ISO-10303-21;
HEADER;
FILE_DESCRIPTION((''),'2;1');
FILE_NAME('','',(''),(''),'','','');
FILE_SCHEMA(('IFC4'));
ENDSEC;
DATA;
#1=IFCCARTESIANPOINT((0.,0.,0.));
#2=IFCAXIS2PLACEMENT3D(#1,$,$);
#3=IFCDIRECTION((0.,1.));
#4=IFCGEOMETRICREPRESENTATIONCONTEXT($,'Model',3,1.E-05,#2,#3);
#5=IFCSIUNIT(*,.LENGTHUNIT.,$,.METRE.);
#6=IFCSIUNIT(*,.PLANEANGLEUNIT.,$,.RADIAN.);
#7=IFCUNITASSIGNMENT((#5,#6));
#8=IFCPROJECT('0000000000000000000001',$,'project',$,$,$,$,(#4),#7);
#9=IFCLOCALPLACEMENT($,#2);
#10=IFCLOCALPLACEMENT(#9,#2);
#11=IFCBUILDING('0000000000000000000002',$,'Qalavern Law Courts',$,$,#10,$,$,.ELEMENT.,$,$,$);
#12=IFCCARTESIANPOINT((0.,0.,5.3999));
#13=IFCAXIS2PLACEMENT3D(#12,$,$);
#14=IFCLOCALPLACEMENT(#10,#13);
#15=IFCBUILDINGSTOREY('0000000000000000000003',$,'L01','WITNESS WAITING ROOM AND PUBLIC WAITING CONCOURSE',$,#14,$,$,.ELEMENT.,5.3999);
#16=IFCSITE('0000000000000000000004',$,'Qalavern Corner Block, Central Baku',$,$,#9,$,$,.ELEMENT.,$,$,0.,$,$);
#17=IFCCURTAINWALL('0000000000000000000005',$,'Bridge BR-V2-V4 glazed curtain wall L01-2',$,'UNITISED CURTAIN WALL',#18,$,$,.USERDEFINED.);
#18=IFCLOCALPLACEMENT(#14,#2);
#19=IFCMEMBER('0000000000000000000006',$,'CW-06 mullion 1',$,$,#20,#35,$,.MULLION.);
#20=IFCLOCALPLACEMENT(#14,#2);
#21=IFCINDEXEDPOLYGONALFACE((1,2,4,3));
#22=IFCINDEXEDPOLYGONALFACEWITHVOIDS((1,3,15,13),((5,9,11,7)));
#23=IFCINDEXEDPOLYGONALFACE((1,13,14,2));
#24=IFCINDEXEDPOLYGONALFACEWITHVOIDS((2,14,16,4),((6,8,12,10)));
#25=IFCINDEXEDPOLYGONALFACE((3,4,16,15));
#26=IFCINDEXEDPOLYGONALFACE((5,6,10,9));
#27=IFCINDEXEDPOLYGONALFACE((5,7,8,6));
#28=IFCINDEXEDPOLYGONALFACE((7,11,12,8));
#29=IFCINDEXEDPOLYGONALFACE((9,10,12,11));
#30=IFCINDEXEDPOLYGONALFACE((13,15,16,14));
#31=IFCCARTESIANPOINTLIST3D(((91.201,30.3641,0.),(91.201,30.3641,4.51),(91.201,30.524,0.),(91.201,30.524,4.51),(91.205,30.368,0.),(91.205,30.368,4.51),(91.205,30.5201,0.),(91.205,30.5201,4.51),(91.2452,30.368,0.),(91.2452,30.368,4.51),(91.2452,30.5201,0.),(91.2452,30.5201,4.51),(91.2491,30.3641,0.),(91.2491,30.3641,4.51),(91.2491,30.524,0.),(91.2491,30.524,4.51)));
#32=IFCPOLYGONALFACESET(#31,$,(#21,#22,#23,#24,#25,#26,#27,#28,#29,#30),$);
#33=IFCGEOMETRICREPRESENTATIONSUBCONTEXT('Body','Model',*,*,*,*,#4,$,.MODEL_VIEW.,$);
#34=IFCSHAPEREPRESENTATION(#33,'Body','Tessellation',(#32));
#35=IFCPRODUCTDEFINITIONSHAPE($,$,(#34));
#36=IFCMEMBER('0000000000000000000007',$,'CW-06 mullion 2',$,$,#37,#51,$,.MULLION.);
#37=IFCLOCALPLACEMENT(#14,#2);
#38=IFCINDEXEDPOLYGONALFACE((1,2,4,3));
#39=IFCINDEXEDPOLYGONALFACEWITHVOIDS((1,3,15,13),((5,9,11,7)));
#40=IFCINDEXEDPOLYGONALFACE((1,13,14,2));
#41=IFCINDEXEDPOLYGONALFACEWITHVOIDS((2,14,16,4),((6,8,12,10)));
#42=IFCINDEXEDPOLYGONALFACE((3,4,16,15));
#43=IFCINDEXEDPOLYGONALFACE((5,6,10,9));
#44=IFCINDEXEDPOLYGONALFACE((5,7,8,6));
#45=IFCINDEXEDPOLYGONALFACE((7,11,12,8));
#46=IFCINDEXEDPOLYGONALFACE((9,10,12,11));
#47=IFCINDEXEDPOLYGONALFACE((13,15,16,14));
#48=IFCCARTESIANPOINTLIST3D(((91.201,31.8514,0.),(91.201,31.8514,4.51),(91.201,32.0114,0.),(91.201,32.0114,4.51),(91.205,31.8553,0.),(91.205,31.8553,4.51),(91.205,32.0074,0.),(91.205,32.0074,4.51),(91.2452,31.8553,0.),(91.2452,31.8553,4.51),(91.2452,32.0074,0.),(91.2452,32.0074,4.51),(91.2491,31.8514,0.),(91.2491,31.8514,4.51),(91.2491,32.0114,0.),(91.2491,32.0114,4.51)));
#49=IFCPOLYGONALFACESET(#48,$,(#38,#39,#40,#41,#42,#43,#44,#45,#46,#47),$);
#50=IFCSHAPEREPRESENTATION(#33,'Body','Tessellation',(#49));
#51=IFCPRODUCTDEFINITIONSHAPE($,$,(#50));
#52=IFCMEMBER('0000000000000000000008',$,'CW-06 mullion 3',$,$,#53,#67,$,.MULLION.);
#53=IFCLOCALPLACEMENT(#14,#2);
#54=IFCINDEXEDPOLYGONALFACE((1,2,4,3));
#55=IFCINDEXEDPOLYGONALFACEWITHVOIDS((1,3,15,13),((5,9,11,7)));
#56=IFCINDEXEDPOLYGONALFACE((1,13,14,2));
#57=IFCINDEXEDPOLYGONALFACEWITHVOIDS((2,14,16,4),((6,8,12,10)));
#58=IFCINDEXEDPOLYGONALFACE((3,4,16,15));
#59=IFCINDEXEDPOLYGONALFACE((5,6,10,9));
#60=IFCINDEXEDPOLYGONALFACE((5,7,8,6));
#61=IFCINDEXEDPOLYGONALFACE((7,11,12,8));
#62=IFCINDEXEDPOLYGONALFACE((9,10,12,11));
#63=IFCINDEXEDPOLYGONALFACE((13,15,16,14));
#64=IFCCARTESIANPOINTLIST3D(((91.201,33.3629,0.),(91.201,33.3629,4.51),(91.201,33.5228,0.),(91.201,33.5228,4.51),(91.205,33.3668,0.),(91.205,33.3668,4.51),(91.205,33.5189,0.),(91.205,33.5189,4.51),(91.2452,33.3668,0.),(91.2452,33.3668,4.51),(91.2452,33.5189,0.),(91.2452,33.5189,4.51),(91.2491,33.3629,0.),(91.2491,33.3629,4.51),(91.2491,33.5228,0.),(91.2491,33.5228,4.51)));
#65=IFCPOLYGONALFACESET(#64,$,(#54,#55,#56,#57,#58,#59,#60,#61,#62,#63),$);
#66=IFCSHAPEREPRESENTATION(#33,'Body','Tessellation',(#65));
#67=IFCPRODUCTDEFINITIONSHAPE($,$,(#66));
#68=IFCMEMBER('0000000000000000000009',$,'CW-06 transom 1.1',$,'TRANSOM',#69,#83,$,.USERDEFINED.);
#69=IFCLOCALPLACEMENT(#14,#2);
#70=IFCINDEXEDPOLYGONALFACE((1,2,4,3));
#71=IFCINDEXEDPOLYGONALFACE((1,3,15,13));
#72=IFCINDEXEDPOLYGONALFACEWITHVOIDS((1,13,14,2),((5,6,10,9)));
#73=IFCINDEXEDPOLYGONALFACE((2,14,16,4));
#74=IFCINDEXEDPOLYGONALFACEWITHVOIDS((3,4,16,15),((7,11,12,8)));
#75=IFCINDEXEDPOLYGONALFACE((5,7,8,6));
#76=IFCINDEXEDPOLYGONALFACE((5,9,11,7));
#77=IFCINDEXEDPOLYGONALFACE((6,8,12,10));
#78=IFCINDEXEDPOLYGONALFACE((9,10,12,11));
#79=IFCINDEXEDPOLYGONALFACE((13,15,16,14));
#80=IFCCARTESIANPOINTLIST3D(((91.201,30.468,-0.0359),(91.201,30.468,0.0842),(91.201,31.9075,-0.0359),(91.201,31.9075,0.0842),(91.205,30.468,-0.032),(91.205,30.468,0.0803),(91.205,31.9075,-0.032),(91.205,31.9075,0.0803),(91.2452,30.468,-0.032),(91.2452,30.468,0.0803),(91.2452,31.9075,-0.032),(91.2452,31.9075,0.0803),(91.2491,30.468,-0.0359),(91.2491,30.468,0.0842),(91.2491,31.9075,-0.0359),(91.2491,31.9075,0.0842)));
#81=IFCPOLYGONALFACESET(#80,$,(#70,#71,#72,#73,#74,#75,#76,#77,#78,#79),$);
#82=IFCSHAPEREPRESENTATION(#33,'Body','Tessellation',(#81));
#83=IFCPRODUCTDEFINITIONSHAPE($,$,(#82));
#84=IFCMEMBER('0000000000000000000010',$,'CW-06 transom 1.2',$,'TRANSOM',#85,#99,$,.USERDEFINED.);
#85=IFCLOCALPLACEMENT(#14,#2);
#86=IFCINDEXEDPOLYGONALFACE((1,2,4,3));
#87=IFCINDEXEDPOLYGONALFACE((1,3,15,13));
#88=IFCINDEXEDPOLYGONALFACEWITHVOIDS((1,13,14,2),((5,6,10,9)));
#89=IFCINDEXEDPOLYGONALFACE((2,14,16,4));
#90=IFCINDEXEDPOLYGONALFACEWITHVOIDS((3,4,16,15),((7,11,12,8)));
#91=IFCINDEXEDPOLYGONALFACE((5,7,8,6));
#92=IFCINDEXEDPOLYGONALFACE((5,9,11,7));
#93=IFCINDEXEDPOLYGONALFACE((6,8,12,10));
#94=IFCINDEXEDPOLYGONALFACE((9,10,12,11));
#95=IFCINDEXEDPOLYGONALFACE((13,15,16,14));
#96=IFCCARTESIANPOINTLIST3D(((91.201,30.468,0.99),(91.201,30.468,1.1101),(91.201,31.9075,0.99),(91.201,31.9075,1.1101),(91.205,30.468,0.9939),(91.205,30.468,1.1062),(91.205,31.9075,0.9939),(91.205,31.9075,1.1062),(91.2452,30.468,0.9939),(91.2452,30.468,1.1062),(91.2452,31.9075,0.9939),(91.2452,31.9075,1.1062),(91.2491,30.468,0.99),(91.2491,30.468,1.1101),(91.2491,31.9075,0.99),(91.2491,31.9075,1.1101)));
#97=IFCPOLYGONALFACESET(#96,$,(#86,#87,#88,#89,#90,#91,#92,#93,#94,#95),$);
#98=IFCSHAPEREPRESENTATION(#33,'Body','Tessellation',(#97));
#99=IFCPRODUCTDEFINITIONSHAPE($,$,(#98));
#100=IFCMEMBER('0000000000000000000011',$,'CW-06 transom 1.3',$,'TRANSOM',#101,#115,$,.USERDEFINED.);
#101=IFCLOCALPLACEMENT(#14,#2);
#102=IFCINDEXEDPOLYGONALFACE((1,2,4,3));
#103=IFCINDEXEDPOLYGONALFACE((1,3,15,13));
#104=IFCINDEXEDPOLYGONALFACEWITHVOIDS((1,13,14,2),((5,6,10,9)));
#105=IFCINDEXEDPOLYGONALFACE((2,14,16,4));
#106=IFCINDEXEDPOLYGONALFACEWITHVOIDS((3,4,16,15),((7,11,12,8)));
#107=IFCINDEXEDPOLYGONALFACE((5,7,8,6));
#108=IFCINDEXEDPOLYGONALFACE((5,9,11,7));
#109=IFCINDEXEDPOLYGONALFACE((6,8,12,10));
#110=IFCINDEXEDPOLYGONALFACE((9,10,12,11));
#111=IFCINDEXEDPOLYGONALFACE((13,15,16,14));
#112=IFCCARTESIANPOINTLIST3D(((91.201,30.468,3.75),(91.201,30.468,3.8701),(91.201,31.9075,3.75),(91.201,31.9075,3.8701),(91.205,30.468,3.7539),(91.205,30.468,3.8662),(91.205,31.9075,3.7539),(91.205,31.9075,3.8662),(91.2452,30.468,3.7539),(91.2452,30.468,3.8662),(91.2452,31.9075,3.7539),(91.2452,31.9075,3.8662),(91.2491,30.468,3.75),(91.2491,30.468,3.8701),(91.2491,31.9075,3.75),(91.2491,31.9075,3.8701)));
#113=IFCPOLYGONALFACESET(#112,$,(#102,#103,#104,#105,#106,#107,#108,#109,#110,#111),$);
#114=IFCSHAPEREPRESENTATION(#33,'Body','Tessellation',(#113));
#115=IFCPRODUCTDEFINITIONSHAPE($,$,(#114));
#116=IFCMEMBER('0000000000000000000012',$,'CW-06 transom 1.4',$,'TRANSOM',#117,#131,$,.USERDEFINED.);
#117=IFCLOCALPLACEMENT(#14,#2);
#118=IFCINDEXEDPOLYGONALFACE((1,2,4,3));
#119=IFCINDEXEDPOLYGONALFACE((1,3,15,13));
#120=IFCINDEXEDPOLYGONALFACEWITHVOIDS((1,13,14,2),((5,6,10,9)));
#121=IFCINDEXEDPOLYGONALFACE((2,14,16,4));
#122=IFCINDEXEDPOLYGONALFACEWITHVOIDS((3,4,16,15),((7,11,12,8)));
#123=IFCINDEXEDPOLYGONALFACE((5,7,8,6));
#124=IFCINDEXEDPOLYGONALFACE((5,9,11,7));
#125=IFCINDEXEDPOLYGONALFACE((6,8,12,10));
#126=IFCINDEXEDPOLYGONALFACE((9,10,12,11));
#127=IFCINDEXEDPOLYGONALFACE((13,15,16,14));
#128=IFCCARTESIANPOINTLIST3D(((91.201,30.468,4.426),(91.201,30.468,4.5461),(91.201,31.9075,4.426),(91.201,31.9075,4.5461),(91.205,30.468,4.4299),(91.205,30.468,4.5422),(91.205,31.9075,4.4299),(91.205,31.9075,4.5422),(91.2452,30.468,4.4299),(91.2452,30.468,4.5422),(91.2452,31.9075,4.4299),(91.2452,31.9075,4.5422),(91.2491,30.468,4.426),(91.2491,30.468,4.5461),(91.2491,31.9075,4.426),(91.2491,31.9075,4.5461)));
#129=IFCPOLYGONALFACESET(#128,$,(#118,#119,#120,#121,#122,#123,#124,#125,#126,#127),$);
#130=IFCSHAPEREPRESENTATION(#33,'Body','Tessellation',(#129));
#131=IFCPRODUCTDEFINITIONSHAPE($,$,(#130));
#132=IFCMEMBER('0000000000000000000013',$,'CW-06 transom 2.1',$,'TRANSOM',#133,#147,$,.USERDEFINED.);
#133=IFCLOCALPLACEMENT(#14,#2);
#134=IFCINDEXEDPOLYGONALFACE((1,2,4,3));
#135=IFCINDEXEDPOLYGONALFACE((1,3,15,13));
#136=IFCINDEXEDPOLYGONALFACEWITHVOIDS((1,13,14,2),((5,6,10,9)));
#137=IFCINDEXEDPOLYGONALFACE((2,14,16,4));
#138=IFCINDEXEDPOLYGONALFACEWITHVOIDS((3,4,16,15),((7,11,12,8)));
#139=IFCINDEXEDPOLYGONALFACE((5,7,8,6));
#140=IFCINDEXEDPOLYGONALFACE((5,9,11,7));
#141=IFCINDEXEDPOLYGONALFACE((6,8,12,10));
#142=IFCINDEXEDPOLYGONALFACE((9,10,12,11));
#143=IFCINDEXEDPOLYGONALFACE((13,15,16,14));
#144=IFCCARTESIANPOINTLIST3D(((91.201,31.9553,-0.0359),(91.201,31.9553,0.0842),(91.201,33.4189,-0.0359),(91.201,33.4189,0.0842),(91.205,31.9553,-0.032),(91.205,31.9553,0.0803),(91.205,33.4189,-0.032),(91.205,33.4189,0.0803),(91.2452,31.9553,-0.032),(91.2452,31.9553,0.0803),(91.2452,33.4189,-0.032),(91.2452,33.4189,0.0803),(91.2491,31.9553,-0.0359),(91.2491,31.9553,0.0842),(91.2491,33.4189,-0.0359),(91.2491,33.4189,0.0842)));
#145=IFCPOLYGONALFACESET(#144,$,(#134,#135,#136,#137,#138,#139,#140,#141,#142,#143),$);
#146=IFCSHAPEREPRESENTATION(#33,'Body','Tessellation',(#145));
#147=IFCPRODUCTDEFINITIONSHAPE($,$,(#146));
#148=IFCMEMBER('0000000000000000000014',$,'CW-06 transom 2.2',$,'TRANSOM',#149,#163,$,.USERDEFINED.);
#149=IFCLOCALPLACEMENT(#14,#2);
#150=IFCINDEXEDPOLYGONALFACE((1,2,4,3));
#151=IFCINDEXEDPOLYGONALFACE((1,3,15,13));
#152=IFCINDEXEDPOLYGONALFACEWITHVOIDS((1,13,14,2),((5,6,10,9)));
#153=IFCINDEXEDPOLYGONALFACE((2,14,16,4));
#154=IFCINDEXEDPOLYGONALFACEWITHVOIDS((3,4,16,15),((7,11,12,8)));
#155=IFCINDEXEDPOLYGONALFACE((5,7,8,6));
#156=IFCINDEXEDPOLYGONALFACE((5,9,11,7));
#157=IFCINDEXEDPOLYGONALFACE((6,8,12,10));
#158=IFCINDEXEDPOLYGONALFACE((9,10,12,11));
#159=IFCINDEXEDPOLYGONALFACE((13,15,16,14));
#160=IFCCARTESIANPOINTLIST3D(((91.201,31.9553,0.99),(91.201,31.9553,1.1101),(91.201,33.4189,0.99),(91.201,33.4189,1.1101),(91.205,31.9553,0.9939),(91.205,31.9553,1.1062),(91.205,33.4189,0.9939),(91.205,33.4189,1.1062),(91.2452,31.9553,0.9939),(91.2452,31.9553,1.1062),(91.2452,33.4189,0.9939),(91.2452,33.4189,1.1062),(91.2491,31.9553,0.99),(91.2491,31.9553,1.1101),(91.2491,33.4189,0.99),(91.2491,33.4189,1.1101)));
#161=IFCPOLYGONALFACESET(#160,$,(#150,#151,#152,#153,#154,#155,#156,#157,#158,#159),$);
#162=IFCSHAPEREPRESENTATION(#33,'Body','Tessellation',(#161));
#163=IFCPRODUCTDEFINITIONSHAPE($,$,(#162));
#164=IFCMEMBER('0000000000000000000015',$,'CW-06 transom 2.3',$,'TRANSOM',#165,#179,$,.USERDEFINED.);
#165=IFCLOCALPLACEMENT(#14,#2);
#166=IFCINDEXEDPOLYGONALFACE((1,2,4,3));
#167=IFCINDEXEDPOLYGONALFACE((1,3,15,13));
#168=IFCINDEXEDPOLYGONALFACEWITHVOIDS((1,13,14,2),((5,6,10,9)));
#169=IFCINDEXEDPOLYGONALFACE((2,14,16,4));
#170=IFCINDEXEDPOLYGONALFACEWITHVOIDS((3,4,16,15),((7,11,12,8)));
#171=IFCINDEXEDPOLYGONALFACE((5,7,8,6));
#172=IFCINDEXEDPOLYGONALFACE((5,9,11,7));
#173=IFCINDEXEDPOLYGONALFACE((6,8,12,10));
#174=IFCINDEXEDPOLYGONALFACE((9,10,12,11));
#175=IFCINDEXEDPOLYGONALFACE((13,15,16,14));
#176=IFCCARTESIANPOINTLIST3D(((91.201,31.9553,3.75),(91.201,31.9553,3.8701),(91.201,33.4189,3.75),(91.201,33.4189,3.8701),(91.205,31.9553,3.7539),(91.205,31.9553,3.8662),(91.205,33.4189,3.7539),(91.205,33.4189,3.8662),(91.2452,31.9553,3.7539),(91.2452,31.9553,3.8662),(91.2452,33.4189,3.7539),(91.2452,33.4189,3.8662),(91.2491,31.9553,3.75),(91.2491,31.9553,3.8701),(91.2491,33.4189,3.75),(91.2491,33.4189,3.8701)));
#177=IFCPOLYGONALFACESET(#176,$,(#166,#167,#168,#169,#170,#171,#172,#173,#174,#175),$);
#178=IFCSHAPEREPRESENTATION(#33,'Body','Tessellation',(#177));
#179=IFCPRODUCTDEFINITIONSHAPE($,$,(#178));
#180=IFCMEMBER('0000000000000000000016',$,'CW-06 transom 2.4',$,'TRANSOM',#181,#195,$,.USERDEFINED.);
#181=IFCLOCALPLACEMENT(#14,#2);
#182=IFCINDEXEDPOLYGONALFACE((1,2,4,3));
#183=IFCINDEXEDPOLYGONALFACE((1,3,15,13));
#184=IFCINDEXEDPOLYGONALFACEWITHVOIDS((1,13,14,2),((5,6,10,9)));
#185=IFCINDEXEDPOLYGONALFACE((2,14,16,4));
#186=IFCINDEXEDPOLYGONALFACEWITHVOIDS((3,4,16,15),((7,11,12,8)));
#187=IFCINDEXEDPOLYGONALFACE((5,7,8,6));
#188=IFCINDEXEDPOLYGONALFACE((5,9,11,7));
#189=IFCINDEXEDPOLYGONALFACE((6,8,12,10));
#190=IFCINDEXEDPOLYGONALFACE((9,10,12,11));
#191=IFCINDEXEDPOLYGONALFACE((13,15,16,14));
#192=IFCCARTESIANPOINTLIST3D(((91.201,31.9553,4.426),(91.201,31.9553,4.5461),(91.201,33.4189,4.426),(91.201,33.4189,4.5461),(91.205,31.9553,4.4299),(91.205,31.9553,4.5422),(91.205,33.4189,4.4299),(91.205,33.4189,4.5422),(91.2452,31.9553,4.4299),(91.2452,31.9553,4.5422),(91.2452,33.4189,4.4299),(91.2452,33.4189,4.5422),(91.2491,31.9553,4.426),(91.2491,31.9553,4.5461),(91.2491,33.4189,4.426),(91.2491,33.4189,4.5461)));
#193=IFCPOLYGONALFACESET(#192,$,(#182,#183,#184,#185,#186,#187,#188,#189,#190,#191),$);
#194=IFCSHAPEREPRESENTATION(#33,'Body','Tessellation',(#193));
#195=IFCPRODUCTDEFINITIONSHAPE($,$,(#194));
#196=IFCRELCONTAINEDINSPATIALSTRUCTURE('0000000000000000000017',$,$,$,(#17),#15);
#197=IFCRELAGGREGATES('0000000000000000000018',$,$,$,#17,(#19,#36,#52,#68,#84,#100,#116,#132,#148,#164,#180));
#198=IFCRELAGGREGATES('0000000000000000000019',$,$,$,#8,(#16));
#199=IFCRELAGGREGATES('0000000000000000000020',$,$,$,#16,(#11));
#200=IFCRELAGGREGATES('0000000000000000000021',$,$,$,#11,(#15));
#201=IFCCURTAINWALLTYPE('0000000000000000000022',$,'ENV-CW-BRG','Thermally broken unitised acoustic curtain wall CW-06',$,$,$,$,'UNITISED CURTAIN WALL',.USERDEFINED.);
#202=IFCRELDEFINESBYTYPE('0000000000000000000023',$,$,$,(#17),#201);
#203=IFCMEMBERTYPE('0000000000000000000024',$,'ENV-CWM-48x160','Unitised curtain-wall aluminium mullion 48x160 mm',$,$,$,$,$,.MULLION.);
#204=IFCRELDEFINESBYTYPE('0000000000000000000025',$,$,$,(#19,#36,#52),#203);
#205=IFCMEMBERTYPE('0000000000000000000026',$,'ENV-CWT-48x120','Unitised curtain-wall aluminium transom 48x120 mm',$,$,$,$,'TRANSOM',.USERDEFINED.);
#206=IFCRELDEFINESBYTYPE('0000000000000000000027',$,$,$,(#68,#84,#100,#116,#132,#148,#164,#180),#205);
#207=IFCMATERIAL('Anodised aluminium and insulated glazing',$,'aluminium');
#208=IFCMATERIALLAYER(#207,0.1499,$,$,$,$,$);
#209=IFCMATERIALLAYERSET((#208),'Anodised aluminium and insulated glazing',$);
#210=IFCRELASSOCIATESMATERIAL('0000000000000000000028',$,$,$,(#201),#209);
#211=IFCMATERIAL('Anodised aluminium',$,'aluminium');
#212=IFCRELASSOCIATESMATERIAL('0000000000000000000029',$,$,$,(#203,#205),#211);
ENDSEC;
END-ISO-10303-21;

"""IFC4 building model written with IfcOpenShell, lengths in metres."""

from ifc_helpers import new_model, si_unit, direction, frame, origin, origin_2d, place, context, subcontext, project, spatial, hollow_rectangle, extrude, material, layer, layer_set, material_profile, profile_set, type_object, element, aggregate, save


model = new_model("IFC4")

# Units and contexts
model_context = context("Model", 3, precision=1e-05, world=origin(), true_north=direction((0.0, 1.0)))
body_context = subcontext(model_context, "Body", "Model", "MODEL_VIEW")
ifc_project = project(units=[si_unit("LENGTHUNIT", "METRE"), si_unit("PLANEANGLEUNIT", "RADIAN")], contexts=[model_context])

# Site, building, storey
site_placement = place(None, origin())
site = spatial("IfcSite", under=ifc_project, at=site_placement, Name="Qalavern Corner Block, Central Baku", CompositionType="ELEMENT", RefElevation=0.0)
building_placement = place(site_placement, origin())
building = spatial("IfcBuilding", under=site, at=building_placement, Name="Qalavern Law Courts", CompositionType="ELEMENT")
storey_placement = place(building_placement, frame((0.0, 0.0, 5.3999)))
storey = spatial("IfcBuildingStorey", under=building, at=storey_placement, Name="L01", Description="WITNESS WAITING ROOM AND PUBLIC WAITING CONCOURSE", CompositionType="ELEMENT", Elevation=5.3999)

# Curtain wall, members
ifc_material_1 = material(Name="Anodised aluminium and insulated glazing", Category="aluminium")
ifc_layer_1 = layer(ifc_material_1, 0.1499)
ifc_layer_set_1 = layer_set([ifc_layer_1], Name="Anodised aluminium and insulated glazing")
curtain_wall_type = type_object("IfcCurtainWallType", Name="ENV-CW-BRG", Description="Thermally broken unitised acoustic curtain wall CW-06", ElementType="UNITISED CURTAIN WALL", PredefinedType="USERDEFINED", material=ifc_layer_set_1)
curtain_wall_placement = place(storey_placement, origin())
curtain_wall = element("IfcCurtainWall", 1, at=curtain_wall_placement, inside=storey, type_object=curtain_wall_type, Name="Bridge BR-V2-V4 glazed curtain wall L01-2", ObjectType="UNITISED CURTAIN WALL", PredefinedType="USERDEFINED")
ifc_material_2 = material(Name="Anodised aluminium", Category="aluminium")
ifc_material_profile_1 = material_profile(ifc_material_2, hollow_rectangle(XDim=0.0481, YDim=0.1599, WallThickness=0.0039, at=origin_2d()), Name="ALU MULLION 48x160")
ifc_profile_set_1 = profile_set([ifc_material_profile_1], Name="Anodised aluminium")
member_type_1 = type_object("IfcMemberType", Name="ENV-CWM-48x160", Description="Unitised curtain-wall aluminium mullion 48x160 mm", PredefinedType="MULLION", material=ifc_profile_set_1)
member_1_placement = place(storey_placement, frame((91.2251, 30.4441, 0.0), z_axis=(0.0, 0.0, 1.0), x_axis=(-1.0, 0.0, 0.0)))
member_1 = element("IfcMember", 2, at=member_1_placement, type_object=member_type_1, Name="CW-06 mullion 1", PredefinedType="MULLION", context=body_context, shape_type="SweptSolid", body=[
    extrude(hollow_rectangle(XDim=0.0481, YDim=0.1599, WallThickness=0.0039, at=origin_2d()), origin(), (0.0, 0.0, 1.0), 4.51),
])
member_2_placement = place(storey_placement, frame((91.2251, 31.9314, 0.0), z_axis=(0.0, 0.0, 1.0), x_axis=(-1.0, 0.0, 0.0)))
member_2 = element("IfcMember", 3, at=member_2_placement, type_object=member_type_1, Name="CW-06 mullion 2", PredefinedType="MULLION", context=body_context, shape_type="SweptSolid", body=[
    extrude(hollow_rectangle(XDim=0.0481, YDim=0.1599, WallThickness=0.0039, at=origin_2d()), origin(), (0.0, 0.0, 1.0), 4.51),
])
member_3_placement = place(storey_placement, frame((91.2251, 33.4429, 0.0), z_axis=(0.0, 0.0, 1.0), x_axis=(-1.0, 0.0, 0.0)))
member_3 = element("IfcMember", 4, at=member_3_placement, type_object=member_type_1, Name="CW-06 mullion 3", PredefinedType="MULLION", context=body_context, shape_type="SweptSolid", body=[
    extrude(hollow_rectangle(XDim=0.0481, YDim=0.1599, WallThickness=0.0039, at=origin_2d()), origin(), (0.0, 0.0, 1.0), 4.51),
])
ifc_material_profile_2 = material_profile(ifc_material_2, hollow_rectangle(XDim=0.0481, YDim=0.1201, WallThickness=0.0039, at=origin_2d()), Name="ALU TRANSOM 48x120")
ifc_profile_set_2 = profile_set([ifc_material_profile_2], Name="Anodised aluminium")
member_type_2 = type_object("IfcMemberType", Name="ENV-CWT-48x120", Description="Unitised curtain-wall aluminium transom 48x120 mm", ElementType="TRANSOM", PredefinedType="USERDEFINED", material=ifc_profile_set_2)
member_4_placement = place(storey_placement, frame((91.2251, 30.468, 0.0242), z_axis=(0.0, 1.0, 0.0), x_axis=(-1.0, 0.0, 0.0)))
member_4 = element("IfcMember", 5, at=member_4_placement, type_object=member_type_2, Name="CW-06 transom 1.1", ObjectType="TRANSOM", PredefinedType="USERDEFINED", context=body_context, shape_type="SweptSolid", body=[
    extrude(hollow_rectangle(XDim=0.0481, YDim=0.1201, WallThickness=0.0039, at=origin_2d()), origin(), (0.0, 0.0, 1.0), 1.4395),
])
member_5_placement = place(storey_placement, frame((91.2251, 30.468, 1.05), z_axis=(0.0, 1.0, 0.0), x_axis=(-1.0, 0.0, 0.0)))
member_5 = element("IfcMember", 6, at=member_5_placement, type_object=member_type_2, Name="CW-06 transom 1.2", ObjectType="TRANSOM", PredefinedType="USERDEFINED", context=body_context, shape_type="SweptSolid", body=[
    extrude(hollow_rectangle(XDim=0.0481, YDim=0.1201, WallThickness=0.0039, at=origin_2d()), origin(), (0.0, 0.0, 1.0), 1.4395),
])
member_6_placement = place(storey_placement, frame((91.2251, 30.468, 3.8101), z_axis=(0.0, 1.0, 0.0), x_axis=(-1.0, 0.0, 0.0)))
member_6 = element("IfcMember", 7, at=member_6_placement, type_object=member_type_2, Name="CW-06 transom 1.3", ObjectType="TRANSOM", PredefinedType="USERDEFINED", context=body_context, shape_type="SweptSolid", body=[
    extrude(hollow_rectangle(XDim=0.0481, YDim=0.1201, WallThickness=0.0039, at=origin_2d()), origin(), (0.0, 0.0, 1.0), 1.4395),
])
member_7_placement = place(storey_placement, frame((91.2251, 30.468, 4.4861), z_axis=(0.0, 1.0, 0.0), x_axis=(-1.0, 0.0, 0.0)))
member_7 = element("IfcMember", 8, at=member_7_placement, type_object=member_type_2, Name="CW-06 transom 1.4", ObjectType="TRANSOM", PredefinedType="USERDEFINED", context=body_context, shape_type="SweptSolid", body=[
    extrude(hollow_rectangle(XDim=0.0481, YDim=0.1201, WallThickness=0.0039, at=origin_2d()), origin(), (0.0, 0.0, 1.0), 1.4395),
])
member_8_placement = place(storey_placement, frame((91.2251, 31.9553, 0.0242), z_axis=(0.0, 1.0, 0.0), x_axis=(-1.0, 0.0, 0.0)))
member_8 = element("IfcMember", 9, at=member_8_placement, type_object=member_type_2, Name="CW-06 transom 2.1", ObjectType="TRANSOM", PredefinedType="USERDEFINED", context=body_context, shape_type="SweptSolid", body=[
    extrude(hollow_rectangle(XDim=0.0481, YDim=0.1201, WallThickness=0.0039, at=origin_2d()), origin(), (0.0, 0.0, 1.0), 1.4636),
])
member_9_placement = place(storey_placement, frame((91.2251, 31.9553, 1.05), z_axis=(0.0, 1.0, 0.0), x_axis=(-1.0, 0.0, 0.0)))
member_9 = element("IfcMember", 10, at=member_9_placement, type_object=member_type_2, Name="CW-06 transom 2.2", ObjectType="TRANSOM", PredefinedType="USERDEFINED", context=body_context, shape_type="SweptSolid", body=[
    extrude(hollow_rectangle(XDim=0.0481, YDim=0.1201, WallThickness=0.0039, at=origin_2d()), origin(), (0.0, 0.0, 1.0), 1.4636),
])
member_10_placement = place(storey_placement, frame((91.2251, 31.9553, 3.8101), z_axis=(0.0, 1.0, 0.0), x_axis=(-1.0, 0.0, 0.0)))
member_10 = element("IfcMember", 11, at=member_10_placement, type_object=member_type_2, Name="CW-06 transom 2.3", ObjectType="TRANSOM", PredefinedType="USERDEFINED", context=body_context, shape_type="SweptSolid", body=[
    extrude(hollow_rectangle(XDim=0.0481, YDim=0.1201, WallThickness=0.0039, at=origin_2d()), origin(), (0.0, 0.0, 1.0), 1.4636),
])
member_11_placement = place(storey_placement, frame((91.2251, 31.9553, 4.4861), z_axis=(0.0, 1.0, 0.0), x_axis=(-1.0, 0.0, 0.0)))
member_11 = element("IfcMember", 12, at=member_11_placement, type_object=member_type_2, Name="CW-06 transom 2.4", ObjectType="TRANSOM", PredefinedType="USERDEFINED", context=body_context, shape_type="SweptSolid", body=[
    extrude(hollow_rectangle(XDim=0.0481, YDim=0.1201, WallThickness=0.0039, at=origin_2d()), origin(), (0.0, 0.0, 1.0), 1.4636),
])

aggregate(curtain_wall, [member_1, member_2, member_3, member_4, member_5, member_6, member_7, member_8, member_9, member_10, member_11])

save(model, "model.ifc")
